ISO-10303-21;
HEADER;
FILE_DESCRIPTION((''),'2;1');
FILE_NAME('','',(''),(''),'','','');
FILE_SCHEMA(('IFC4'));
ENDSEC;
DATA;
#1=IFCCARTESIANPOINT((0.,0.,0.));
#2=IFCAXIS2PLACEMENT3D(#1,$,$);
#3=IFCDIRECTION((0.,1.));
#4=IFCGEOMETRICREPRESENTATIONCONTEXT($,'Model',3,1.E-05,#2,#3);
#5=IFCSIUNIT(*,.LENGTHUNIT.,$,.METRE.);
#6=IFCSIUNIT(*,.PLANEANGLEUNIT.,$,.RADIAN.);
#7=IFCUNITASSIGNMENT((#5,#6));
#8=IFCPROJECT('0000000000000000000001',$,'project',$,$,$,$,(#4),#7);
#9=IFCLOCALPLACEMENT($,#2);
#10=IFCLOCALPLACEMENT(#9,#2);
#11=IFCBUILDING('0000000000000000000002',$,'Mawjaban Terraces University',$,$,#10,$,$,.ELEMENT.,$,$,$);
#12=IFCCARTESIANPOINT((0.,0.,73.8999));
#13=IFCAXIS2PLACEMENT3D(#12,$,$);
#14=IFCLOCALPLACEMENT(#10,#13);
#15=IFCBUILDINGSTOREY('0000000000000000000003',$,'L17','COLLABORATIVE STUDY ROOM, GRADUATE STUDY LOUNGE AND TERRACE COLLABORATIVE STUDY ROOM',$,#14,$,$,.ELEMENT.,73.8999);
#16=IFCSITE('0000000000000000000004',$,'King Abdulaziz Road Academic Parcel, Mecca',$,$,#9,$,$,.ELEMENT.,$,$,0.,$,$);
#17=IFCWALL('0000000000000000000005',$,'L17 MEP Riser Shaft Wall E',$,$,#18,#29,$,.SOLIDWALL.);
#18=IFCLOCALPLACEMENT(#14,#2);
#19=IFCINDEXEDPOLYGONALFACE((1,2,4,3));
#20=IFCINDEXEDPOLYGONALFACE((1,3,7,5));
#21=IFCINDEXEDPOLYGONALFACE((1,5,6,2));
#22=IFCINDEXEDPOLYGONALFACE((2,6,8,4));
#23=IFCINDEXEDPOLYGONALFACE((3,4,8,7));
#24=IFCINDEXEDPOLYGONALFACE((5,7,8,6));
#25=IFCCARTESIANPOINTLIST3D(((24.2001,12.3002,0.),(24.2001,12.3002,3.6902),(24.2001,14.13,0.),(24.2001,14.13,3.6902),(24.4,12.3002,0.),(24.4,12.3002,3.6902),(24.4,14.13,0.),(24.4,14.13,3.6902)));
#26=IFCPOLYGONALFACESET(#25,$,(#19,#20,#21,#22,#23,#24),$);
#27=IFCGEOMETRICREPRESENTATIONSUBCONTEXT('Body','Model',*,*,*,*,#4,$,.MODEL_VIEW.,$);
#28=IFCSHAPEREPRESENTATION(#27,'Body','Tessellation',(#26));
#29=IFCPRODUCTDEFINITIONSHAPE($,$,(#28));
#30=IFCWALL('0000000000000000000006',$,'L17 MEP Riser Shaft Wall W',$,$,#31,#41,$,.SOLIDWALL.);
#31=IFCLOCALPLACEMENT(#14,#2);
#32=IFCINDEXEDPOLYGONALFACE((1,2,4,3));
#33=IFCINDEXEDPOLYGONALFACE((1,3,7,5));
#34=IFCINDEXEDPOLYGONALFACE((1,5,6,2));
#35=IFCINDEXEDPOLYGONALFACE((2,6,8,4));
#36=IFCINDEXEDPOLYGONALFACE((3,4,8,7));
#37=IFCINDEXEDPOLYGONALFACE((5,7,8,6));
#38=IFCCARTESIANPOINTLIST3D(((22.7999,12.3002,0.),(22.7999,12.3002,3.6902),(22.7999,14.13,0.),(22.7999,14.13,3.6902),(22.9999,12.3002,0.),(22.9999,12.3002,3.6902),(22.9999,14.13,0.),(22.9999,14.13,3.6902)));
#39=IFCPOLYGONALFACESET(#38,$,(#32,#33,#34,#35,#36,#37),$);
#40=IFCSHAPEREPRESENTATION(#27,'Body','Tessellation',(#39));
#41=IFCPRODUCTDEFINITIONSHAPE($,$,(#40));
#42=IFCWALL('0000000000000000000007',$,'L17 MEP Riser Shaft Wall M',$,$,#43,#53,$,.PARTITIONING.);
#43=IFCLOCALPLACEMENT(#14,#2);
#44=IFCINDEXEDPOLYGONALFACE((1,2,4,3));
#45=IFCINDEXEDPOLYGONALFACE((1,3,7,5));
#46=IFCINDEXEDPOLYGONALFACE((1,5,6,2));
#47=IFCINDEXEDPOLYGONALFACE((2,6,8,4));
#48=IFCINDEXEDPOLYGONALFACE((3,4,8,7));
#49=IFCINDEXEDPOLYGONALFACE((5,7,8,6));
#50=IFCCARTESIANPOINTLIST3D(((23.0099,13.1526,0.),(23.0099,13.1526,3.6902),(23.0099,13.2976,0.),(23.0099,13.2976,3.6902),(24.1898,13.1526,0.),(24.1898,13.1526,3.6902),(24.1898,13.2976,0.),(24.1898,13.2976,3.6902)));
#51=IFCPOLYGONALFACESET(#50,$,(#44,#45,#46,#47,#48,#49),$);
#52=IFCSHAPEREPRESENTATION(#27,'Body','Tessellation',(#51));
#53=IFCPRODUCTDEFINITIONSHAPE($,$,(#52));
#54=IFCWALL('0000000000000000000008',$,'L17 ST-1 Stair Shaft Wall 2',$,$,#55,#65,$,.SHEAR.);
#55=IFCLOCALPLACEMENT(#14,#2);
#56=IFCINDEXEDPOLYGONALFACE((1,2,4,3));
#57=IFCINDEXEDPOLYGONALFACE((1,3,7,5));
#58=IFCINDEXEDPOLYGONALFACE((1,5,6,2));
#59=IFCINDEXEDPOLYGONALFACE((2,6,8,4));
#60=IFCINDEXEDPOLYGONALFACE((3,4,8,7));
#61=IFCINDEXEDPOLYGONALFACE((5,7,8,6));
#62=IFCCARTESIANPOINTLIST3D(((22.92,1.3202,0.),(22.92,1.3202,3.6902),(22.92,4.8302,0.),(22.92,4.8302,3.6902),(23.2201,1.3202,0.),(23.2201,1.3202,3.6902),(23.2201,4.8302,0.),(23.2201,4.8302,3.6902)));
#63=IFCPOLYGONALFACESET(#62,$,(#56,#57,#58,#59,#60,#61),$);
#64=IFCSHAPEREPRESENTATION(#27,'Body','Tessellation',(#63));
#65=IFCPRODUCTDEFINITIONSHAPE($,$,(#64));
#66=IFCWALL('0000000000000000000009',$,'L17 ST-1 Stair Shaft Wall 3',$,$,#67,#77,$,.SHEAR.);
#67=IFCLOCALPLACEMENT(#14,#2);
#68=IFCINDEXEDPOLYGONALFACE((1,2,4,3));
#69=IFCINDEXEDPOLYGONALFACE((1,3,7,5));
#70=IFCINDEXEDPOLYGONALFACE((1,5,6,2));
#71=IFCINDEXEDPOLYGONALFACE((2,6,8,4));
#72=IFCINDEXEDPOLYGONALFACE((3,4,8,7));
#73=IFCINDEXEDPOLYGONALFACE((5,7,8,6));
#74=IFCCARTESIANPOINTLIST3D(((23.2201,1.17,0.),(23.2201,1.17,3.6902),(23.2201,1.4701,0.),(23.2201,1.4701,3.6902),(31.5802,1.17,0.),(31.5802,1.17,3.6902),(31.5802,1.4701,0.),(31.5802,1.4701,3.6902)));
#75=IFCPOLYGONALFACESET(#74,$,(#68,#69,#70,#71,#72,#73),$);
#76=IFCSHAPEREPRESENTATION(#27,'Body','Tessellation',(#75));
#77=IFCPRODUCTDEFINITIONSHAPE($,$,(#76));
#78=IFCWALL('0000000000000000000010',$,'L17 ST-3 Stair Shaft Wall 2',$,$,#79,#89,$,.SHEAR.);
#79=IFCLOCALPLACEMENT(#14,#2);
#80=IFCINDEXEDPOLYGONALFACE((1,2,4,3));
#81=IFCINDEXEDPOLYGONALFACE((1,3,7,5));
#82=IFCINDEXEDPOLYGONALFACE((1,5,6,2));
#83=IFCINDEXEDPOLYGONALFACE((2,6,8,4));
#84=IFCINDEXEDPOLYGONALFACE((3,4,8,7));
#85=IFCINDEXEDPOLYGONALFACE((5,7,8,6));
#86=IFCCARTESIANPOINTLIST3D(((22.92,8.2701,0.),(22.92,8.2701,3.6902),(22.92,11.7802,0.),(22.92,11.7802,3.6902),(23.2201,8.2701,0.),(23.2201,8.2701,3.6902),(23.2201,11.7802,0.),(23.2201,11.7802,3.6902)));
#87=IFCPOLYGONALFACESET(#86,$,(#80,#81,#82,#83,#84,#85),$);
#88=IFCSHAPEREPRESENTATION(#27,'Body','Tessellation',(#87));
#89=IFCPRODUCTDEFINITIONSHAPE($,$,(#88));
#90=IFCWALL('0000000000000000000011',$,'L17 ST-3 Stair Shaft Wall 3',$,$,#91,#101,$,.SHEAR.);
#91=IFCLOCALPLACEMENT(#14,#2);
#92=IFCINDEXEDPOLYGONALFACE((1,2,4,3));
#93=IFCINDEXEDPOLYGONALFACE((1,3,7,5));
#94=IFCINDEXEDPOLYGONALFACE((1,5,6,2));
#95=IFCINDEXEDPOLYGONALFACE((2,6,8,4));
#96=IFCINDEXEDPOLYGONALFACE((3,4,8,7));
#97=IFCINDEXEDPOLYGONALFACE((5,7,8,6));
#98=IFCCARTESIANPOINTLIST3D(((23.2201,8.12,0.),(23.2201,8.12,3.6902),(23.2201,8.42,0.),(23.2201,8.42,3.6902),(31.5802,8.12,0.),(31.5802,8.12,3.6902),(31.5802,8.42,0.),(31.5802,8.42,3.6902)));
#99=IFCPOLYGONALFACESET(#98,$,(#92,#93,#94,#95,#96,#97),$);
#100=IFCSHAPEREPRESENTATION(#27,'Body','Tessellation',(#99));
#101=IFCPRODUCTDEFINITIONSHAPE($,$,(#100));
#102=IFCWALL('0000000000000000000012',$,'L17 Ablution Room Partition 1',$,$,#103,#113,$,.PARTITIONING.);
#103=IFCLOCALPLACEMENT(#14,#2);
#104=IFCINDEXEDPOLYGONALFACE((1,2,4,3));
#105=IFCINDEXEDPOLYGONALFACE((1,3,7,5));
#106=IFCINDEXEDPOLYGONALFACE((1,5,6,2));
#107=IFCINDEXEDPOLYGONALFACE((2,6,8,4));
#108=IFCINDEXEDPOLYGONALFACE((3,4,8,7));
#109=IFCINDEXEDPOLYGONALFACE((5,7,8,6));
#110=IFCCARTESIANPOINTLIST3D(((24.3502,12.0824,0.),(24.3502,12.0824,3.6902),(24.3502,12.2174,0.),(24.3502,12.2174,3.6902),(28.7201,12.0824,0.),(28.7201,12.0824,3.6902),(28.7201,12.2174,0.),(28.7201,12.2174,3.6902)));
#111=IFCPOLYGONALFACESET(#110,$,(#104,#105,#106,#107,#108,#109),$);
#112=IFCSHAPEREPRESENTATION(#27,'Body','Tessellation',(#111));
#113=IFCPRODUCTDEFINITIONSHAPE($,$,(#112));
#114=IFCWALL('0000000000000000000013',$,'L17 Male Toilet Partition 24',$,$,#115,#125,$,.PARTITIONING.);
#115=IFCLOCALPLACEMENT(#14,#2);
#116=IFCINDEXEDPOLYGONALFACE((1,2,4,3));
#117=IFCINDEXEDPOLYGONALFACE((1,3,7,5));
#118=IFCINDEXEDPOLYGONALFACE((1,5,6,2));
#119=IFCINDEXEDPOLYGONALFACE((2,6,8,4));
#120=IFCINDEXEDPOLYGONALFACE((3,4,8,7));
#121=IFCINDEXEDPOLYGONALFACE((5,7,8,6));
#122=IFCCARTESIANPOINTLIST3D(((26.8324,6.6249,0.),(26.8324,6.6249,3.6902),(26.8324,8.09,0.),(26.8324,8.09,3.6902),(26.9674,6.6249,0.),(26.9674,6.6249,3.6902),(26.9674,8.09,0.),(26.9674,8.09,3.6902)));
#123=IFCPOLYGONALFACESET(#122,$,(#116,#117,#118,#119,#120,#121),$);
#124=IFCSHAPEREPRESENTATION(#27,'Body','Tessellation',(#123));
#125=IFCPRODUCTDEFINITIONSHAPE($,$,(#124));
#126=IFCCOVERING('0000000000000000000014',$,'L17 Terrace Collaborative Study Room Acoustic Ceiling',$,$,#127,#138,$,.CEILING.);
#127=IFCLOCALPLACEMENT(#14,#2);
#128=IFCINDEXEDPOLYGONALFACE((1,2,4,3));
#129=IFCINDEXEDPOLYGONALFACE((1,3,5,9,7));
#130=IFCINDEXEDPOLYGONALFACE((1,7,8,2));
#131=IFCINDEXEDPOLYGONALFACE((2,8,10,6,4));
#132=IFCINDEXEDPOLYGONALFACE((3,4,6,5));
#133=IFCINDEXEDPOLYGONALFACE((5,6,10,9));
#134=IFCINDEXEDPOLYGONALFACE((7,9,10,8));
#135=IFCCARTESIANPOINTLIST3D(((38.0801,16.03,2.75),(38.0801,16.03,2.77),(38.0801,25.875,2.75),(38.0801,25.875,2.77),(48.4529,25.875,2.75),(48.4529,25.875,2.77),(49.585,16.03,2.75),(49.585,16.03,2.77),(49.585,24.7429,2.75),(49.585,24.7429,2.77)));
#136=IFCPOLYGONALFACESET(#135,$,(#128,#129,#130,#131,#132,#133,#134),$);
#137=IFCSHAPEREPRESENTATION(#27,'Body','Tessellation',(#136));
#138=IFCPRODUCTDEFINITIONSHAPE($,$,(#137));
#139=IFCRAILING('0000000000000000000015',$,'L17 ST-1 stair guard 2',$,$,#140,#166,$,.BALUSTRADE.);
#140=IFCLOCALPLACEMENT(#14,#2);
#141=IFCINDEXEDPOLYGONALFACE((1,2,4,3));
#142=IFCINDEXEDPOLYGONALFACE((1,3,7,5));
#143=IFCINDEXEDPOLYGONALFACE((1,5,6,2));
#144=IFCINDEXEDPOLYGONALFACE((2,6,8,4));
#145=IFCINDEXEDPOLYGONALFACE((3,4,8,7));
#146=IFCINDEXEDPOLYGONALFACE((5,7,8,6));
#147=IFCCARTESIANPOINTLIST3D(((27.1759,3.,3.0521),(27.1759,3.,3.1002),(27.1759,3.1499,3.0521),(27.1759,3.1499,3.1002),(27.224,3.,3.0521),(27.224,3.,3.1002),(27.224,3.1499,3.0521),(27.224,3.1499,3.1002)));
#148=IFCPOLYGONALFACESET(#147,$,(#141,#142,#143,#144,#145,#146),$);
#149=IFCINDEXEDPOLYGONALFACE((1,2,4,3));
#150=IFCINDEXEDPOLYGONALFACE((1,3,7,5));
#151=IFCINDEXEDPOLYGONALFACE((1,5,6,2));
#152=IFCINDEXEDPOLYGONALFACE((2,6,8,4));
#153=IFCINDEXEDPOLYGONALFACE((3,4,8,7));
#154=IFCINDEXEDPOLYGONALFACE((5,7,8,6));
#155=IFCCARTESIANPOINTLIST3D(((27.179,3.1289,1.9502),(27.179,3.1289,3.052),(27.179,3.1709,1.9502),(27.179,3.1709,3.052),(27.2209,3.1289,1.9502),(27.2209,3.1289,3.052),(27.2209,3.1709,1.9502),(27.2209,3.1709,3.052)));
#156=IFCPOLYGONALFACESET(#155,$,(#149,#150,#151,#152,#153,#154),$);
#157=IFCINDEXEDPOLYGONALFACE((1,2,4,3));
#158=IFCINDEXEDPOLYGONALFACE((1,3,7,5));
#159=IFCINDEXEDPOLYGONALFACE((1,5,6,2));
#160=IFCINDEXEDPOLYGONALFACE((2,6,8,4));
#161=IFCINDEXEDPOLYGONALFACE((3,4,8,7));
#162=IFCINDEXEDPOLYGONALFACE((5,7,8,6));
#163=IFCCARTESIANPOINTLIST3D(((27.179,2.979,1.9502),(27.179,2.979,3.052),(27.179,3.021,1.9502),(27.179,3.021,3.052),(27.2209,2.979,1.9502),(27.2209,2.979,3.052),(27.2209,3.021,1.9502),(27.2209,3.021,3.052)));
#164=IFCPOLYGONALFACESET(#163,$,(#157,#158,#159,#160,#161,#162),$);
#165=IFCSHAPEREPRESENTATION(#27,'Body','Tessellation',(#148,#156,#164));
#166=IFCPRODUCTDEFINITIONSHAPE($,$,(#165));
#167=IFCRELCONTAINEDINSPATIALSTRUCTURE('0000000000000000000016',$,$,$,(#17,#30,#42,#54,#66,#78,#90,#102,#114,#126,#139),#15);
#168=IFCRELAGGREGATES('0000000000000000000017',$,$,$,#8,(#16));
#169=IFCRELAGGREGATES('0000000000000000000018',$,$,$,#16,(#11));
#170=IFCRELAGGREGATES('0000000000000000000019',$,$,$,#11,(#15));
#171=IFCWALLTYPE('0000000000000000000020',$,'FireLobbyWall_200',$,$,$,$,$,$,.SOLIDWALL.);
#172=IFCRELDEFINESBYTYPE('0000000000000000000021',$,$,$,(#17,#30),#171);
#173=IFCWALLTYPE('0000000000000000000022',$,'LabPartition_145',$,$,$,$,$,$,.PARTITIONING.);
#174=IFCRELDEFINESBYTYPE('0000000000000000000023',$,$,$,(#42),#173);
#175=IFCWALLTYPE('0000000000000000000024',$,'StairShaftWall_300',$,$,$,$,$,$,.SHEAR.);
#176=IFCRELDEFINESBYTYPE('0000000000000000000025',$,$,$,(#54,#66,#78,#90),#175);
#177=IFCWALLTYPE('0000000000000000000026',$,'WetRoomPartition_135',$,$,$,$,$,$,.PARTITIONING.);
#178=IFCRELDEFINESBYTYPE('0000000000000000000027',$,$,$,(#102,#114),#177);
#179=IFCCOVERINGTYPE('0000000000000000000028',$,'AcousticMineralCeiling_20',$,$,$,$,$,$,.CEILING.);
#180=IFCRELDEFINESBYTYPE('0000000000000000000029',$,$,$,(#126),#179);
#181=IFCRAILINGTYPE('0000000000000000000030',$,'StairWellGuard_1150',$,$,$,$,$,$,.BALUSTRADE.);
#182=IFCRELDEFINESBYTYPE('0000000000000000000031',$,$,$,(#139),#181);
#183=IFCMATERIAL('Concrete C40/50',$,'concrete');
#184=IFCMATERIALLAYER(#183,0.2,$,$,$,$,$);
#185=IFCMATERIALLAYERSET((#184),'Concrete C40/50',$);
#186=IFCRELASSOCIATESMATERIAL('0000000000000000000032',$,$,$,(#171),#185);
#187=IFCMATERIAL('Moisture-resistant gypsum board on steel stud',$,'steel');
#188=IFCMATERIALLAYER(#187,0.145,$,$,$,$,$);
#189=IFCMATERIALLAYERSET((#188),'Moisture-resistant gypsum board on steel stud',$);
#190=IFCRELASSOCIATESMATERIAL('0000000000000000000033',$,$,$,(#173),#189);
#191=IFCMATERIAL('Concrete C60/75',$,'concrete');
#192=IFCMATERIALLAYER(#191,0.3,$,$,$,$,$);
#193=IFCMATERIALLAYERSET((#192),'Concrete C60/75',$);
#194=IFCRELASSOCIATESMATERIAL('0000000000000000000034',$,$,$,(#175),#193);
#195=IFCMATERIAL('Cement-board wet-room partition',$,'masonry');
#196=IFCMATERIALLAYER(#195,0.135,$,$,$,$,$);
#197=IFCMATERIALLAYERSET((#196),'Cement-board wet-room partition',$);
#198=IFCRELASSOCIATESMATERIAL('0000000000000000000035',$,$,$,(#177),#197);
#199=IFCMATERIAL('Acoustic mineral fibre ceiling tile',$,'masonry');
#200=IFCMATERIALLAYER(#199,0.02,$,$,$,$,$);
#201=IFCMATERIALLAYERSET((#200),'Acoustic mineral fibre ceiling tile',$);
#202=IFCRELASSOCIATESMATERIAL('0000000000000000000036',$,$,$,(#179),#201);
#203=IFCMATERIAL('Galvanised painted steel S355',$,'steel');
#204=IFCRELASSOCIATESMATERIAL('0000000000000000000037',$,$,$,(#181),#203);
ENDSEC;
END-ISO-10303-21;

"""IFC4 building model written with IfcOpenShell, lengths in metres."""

from ifc_helpers import new_model, si_unit, direction, frame, frame_2d, origin, origin_2d, place, context, subcontext, project, spatial, polyline, rectangle, outline, extrude, material, layer, layer_set, type_object, element, save


model = new_model("IFC4")

# Units and contexts
model_context = context("Model", 3, precision=1e-05, world=origin(), true_north=direction((0.0, 1.0)))
body_context = subcontext(model_context, "Body", "Model", "MODEL_VIEW")
ifc_project = project(units=[si_unit("LENGTHUNIT", "METRE"), si_unit("PLANEANGLEUNIT", "RADIAN")], contexts=[model_context])

# Site, building, storey
site_placement = place(None, origin())
site = spatial("IfcSite", under=ifc_project, at=site_placement, Name="King Abdulaziz Road Academic Parcel, Mecca", CompositionType="ELEMENT", RefElevation=0.0)
building_placement = place(site_placement, origin())
building = spatial("IfcBuilding", under=site, at=building_placement, Name="Mawjaban Terraces University", CompositionType="ELEMENT")
storey_placement = place(building_placement, frame((0.0, 0.0, 73.8999)))
storey = spatial("IfcBuildingStorey", under=building, at=storey_placement, Name="L17", Description="COLLABORATIVE STUDY ROOM, GRADUATE STUDY LOUNGE AND TERRACE COLLABORATIVE STUDY ROOM", CompositionType="ELEMENT", Elevation=73.8999)

# Walls
ifc_material_1 = material(Name="Concrete C40/50", Category="concrete")
ifc_layer_1 = layer(ifc_material_1, 0.2)
ifc_layer_set_1 = layer_set([ifc_layer_1], Name="Concrete C40/50")
wall_type_1 = type_object("IfcWallType", Name="FireLobbyWall_200", PredefinedType="SOLIDWALL", material=ifc_layer_set_1)
for number, where, z_axis, x_axis, name in (
    (1, (24.3, 12.3, 0.0), (0.0, 0.0, 1.0), (0.0, 1.0, 0.0), "L17 MEP Riser Shaft Wall E"),
    (2, (22.8999, 12.3, 0.0), (0.0, 0.0, 1.0), (0.0, 1.0, 0.0), "L17 MEP Riser Shaft Wall W"),
):
    element("IfcWall", number, at=place(storey_placement, frame(where, z_axis=z_axis, x_axis=x_axis)), inside=storey, type_object=wall_type_1, Name=name, PredefinedType="SOLIDWALL", context=body_context, shape_type="SweptSolid", body=[
        extrude(rectangle(XDim=1.8298, YDim=0.2, at=frame_2d((0.915, 0.0))), origin(), (0.0, 0.0, 1.0), 3.6902),
    ])
ifc_material_2 = material(Name="Moisture-resistant gypsum board on steel stud", Category="steel")
ifc_layer_2 = layer(ifc_material_2, 0.145)
ifc_layer_set_2 = layer_set([ifc_layer_2], Name="Moisture-resistant gypsum board on steel stud")
wall_type_2 = type_object("IfcWallType", Name="LabPartition_145", PredefinedType="PARTITIONING", material=ifc_layer_set_2)
wall_1_placement = place(storey_placement, frame((23.01, 13.2251, 0.0), z_axis=(0.0, 0.0, 1.0), x_axis=(1.0, 0.0, 0.0)))
element("IfcWall", 3, at=wall_1_placement, inside=storey, type_object=wall_type_2, Name="L17 MEP Riser Shaft Wall M", PredefinedType="PARTITIONING", context=body_context, shape_type="SweptSolid", body=[
    extrude(rectangle(XDim=1.1799, YDim=0.145, at=frame_2d((0.5898, 0.0))), origin(), (0.0, 0.0, 1.0), 3.6902),
])
ifc_material_3 = material(Name="Concrete C60/75", Category="concrete")
ifc_layer_3 = layer(ifc_material_3, 0.3)
ifc_layer_set_3 = layer_set([ifc_layer_3], Name="Concrete C60/75")
wall_type_3 = type_object("IfcWallType", Name="StairShaftWall_300", PredefinedType="SHEAR", material=ifc_layer_set_3)
wall_2_placement = place(storey_placement, frame((23.0701, 4.8301, 0.0), z_axis=(0.0, 0.0, 1.0), x_axis=(0.0, -1.0, 0.0)))
element("IfcWall", 4, at=wall_2_placement, inside=storey, type_object=wall_type_3, Name="L17 ST-1 Stair Shaft Wall 2", PredefinedType="SHEAR", context=body_context, shape_type="SweptSolid", body=[
    extrude(rectangle(XDim=3.51, YDim=0.3, at=frame_2d((1.7549, 0.0))), origin(), (0.0, 0.0, 1.0), 3.6902),
])
wall_3_placement = place(storey_placement, frame((23.22, 1.3201, 0.0), z_axis=(0.0, 0.0, 1.0), x_axis=(1.0, 0.0, 0.0)))
element("IfcWall", 5, at=wall_3_placement, inside=storey, type_object=wall_type_3, Name="L17 ST-1 Stair Shaft Wall 3", PredefinedType="SHEAR", context=body_context, shape_type="SweptSolid", body=[
    extrude(rectangle(XDim=8.3601, YDim=0.3, at=frame_2d((4.1802, 0.0))), origin(), (0.0, 0.0, 1.0), 3.6902),
])
wall_4_placement = place(storey_placement, frame((23.0701, 11.78, 0.0), z_axis=(0.0, 0.0, 1.0), x_axis=(0.0, -1.0, 0.0)))
element("IfcWall", 6, at=wall_4_placement, inside=storey, type_object=wall_type_3, Name="L17 ST-3 Stair Shaft Wall 2", PredefinedType="SHEAR", context=body_context, shape_type="SweptSolid", body=[
    extrude(rectangle(XDim=3.51, YDim=0.3, at=frame_2d((1.7549, 0.0))), origin(), (0.0, 0.0, 1.0), 3.6902),
])
wall_5_placement = place(storey_placement, frame((23.22, 8.27, 0.0), z_axis=(0.0, 0.0, 1.0), x_axis=(1.0, 0.0, 0.0)))
element("IfcWall", 7, at=wall_5_placement, inside=storey, type_object=wall_type_3, Name="L17 ST-3 Stair Shaft Wall 3", PredefinedType="SHEAR", context=body_context, shape_type="SweptSolid", body=[
    extrude(rectangle(XDim=8.3601, YDim=0.3, at=frame_2d((4.1802, 0.0))), origin(), (0.0, 0.0, 1.0), 3.6902),
])
ifc_material_4 = material(Name="Cement-board wet-room partition", Category="masonry")
ifc_layer_4 = layer(ifc_material_4, 0.135)
ifc_layer_set_4 = layer_set([ifc_layer_4], Name="Cement-board wet-room partition")
wall_type_4 = type_object("IfcWallType", Name="WetRoomPartition_135", PredefinedType="PARTITIONING", material=ifc_layer_set_4)
wall_6_placement = place(storey_placement, frame((24.3501, 12.1499, 0.0), z_axis=(0.0, 0.0, 1.0), x_axis=(1.0, 0.0, 0.0)))
element("IfcWall", 8, at=wall_6_placement, inside=storey, type_object=wall_type_4, Name="L17 Ablution Room Partition 1", PredefinedType="PARTITIONING", context=body_context, shape_type="SweptSolid", body=[
    extrude(rectangle(XDim=4.3699, YDim=0.135, at=frame_2d((2.1851, 0.0))), origin(), (0.0, 0.0, 1.0), 3.6902),
])
wall_7_placement = place(storey_placement, frame((26.8999, 6.625, 0.0), z_axis=(0.0, 0.0, 1.0), x_axis=(0.0, 1.0, 0.0)))
element("IfcWall", 9, at=wall_7_placement, inside=storey, type_object=wall_type_4, Name="L17 Male Toilet Partition 24", PredefinedType="PARTITIONING", context=body_context, shape_type="SweptSolid", body=[
    extrude(rectangle(XDim=1.4651, YDim=0.135, at=frame_2d((0.7324, 0.0))), origin(), (0.0, 0.0, 1.0), 3.6902),
])

# Covering
ifc_material_5 = material(Name="Acoustic mineral fibre ceiling tile", Category="masonry")
ifc_layer_5 = layer(ifc_material_5, 0.02)
ifc_layer_set_5 = layer_set([ifc_layer_5], Name="Acoustic mineral fibre ceiling tile")
covering_type = type_object("IfcCoveringType", Name="AcousticMineralCeiling_20", PredefinedType="CEILING", material=ifc_layer_set_5)
covering_placement = place(storey_placement, frame((0.0, 0.0, 2.75)))
element("IfcCovering", 10, at=covering_placement, inside=storey, type_object=covering_type, Name="L17 Terrace Collaborative Study Room Acoustic Ceiling", PredefinedType="CEILING", context=body_context, shape_type="SweptSolid", body=[
    extrude(outline(polyline([(49.585, 16.03), (49.585, 24.7429), (48.4529, 25.875), (38.0801, 25.875), (38.0801, 16.03), (49.585, 16.03)])), origin(), (0.0, 0.0, 1.0), 0.02),
])

# Railing
ifc_material_6 = material(Name="Galvanised painted steel S355", Category="steel")
railing_type = type_object("IfcRailingType", Name="StairWellGuard_1150", PredefinedType="BALUSTRADE", material=ifc_material_6)
railing_placement = place(storey_placement, frame((27.2, 3.1499, 1.9502)))
element("IfcRailing", 11, at=railing_placement, inside=storey, type_object=railing_type, Name="L17 ST-1 stair guard 2", PredefinedType="BALUSTRADE", context=body_context, shape_type="SweptSolid", body=[
    extrude(rectangle(XDim=0.0481, YDim=0.0481, at=origin_2d()), frame((0.0, 0.0, 1.126), z_axis=(0.0, -1.0, 0.0), x_axis=(1.0, 0.0, 0.0)), (0.0, 0.0, 1.0), 0.1499),
    extrude(rectangle(XDim=0.042, YDim=0.042, at=origin_2d()), origin(), (0.0, 0.0, 1.0), 1.1018),
    extrude(rectangle(XDim=0.042, YDim=0.042, at=origin_2d()), frame((0.0, -0.1499, 0.0)), (0.0, 0.0, 1.0), 1.1018),
])

save(model, "model.ifc")
